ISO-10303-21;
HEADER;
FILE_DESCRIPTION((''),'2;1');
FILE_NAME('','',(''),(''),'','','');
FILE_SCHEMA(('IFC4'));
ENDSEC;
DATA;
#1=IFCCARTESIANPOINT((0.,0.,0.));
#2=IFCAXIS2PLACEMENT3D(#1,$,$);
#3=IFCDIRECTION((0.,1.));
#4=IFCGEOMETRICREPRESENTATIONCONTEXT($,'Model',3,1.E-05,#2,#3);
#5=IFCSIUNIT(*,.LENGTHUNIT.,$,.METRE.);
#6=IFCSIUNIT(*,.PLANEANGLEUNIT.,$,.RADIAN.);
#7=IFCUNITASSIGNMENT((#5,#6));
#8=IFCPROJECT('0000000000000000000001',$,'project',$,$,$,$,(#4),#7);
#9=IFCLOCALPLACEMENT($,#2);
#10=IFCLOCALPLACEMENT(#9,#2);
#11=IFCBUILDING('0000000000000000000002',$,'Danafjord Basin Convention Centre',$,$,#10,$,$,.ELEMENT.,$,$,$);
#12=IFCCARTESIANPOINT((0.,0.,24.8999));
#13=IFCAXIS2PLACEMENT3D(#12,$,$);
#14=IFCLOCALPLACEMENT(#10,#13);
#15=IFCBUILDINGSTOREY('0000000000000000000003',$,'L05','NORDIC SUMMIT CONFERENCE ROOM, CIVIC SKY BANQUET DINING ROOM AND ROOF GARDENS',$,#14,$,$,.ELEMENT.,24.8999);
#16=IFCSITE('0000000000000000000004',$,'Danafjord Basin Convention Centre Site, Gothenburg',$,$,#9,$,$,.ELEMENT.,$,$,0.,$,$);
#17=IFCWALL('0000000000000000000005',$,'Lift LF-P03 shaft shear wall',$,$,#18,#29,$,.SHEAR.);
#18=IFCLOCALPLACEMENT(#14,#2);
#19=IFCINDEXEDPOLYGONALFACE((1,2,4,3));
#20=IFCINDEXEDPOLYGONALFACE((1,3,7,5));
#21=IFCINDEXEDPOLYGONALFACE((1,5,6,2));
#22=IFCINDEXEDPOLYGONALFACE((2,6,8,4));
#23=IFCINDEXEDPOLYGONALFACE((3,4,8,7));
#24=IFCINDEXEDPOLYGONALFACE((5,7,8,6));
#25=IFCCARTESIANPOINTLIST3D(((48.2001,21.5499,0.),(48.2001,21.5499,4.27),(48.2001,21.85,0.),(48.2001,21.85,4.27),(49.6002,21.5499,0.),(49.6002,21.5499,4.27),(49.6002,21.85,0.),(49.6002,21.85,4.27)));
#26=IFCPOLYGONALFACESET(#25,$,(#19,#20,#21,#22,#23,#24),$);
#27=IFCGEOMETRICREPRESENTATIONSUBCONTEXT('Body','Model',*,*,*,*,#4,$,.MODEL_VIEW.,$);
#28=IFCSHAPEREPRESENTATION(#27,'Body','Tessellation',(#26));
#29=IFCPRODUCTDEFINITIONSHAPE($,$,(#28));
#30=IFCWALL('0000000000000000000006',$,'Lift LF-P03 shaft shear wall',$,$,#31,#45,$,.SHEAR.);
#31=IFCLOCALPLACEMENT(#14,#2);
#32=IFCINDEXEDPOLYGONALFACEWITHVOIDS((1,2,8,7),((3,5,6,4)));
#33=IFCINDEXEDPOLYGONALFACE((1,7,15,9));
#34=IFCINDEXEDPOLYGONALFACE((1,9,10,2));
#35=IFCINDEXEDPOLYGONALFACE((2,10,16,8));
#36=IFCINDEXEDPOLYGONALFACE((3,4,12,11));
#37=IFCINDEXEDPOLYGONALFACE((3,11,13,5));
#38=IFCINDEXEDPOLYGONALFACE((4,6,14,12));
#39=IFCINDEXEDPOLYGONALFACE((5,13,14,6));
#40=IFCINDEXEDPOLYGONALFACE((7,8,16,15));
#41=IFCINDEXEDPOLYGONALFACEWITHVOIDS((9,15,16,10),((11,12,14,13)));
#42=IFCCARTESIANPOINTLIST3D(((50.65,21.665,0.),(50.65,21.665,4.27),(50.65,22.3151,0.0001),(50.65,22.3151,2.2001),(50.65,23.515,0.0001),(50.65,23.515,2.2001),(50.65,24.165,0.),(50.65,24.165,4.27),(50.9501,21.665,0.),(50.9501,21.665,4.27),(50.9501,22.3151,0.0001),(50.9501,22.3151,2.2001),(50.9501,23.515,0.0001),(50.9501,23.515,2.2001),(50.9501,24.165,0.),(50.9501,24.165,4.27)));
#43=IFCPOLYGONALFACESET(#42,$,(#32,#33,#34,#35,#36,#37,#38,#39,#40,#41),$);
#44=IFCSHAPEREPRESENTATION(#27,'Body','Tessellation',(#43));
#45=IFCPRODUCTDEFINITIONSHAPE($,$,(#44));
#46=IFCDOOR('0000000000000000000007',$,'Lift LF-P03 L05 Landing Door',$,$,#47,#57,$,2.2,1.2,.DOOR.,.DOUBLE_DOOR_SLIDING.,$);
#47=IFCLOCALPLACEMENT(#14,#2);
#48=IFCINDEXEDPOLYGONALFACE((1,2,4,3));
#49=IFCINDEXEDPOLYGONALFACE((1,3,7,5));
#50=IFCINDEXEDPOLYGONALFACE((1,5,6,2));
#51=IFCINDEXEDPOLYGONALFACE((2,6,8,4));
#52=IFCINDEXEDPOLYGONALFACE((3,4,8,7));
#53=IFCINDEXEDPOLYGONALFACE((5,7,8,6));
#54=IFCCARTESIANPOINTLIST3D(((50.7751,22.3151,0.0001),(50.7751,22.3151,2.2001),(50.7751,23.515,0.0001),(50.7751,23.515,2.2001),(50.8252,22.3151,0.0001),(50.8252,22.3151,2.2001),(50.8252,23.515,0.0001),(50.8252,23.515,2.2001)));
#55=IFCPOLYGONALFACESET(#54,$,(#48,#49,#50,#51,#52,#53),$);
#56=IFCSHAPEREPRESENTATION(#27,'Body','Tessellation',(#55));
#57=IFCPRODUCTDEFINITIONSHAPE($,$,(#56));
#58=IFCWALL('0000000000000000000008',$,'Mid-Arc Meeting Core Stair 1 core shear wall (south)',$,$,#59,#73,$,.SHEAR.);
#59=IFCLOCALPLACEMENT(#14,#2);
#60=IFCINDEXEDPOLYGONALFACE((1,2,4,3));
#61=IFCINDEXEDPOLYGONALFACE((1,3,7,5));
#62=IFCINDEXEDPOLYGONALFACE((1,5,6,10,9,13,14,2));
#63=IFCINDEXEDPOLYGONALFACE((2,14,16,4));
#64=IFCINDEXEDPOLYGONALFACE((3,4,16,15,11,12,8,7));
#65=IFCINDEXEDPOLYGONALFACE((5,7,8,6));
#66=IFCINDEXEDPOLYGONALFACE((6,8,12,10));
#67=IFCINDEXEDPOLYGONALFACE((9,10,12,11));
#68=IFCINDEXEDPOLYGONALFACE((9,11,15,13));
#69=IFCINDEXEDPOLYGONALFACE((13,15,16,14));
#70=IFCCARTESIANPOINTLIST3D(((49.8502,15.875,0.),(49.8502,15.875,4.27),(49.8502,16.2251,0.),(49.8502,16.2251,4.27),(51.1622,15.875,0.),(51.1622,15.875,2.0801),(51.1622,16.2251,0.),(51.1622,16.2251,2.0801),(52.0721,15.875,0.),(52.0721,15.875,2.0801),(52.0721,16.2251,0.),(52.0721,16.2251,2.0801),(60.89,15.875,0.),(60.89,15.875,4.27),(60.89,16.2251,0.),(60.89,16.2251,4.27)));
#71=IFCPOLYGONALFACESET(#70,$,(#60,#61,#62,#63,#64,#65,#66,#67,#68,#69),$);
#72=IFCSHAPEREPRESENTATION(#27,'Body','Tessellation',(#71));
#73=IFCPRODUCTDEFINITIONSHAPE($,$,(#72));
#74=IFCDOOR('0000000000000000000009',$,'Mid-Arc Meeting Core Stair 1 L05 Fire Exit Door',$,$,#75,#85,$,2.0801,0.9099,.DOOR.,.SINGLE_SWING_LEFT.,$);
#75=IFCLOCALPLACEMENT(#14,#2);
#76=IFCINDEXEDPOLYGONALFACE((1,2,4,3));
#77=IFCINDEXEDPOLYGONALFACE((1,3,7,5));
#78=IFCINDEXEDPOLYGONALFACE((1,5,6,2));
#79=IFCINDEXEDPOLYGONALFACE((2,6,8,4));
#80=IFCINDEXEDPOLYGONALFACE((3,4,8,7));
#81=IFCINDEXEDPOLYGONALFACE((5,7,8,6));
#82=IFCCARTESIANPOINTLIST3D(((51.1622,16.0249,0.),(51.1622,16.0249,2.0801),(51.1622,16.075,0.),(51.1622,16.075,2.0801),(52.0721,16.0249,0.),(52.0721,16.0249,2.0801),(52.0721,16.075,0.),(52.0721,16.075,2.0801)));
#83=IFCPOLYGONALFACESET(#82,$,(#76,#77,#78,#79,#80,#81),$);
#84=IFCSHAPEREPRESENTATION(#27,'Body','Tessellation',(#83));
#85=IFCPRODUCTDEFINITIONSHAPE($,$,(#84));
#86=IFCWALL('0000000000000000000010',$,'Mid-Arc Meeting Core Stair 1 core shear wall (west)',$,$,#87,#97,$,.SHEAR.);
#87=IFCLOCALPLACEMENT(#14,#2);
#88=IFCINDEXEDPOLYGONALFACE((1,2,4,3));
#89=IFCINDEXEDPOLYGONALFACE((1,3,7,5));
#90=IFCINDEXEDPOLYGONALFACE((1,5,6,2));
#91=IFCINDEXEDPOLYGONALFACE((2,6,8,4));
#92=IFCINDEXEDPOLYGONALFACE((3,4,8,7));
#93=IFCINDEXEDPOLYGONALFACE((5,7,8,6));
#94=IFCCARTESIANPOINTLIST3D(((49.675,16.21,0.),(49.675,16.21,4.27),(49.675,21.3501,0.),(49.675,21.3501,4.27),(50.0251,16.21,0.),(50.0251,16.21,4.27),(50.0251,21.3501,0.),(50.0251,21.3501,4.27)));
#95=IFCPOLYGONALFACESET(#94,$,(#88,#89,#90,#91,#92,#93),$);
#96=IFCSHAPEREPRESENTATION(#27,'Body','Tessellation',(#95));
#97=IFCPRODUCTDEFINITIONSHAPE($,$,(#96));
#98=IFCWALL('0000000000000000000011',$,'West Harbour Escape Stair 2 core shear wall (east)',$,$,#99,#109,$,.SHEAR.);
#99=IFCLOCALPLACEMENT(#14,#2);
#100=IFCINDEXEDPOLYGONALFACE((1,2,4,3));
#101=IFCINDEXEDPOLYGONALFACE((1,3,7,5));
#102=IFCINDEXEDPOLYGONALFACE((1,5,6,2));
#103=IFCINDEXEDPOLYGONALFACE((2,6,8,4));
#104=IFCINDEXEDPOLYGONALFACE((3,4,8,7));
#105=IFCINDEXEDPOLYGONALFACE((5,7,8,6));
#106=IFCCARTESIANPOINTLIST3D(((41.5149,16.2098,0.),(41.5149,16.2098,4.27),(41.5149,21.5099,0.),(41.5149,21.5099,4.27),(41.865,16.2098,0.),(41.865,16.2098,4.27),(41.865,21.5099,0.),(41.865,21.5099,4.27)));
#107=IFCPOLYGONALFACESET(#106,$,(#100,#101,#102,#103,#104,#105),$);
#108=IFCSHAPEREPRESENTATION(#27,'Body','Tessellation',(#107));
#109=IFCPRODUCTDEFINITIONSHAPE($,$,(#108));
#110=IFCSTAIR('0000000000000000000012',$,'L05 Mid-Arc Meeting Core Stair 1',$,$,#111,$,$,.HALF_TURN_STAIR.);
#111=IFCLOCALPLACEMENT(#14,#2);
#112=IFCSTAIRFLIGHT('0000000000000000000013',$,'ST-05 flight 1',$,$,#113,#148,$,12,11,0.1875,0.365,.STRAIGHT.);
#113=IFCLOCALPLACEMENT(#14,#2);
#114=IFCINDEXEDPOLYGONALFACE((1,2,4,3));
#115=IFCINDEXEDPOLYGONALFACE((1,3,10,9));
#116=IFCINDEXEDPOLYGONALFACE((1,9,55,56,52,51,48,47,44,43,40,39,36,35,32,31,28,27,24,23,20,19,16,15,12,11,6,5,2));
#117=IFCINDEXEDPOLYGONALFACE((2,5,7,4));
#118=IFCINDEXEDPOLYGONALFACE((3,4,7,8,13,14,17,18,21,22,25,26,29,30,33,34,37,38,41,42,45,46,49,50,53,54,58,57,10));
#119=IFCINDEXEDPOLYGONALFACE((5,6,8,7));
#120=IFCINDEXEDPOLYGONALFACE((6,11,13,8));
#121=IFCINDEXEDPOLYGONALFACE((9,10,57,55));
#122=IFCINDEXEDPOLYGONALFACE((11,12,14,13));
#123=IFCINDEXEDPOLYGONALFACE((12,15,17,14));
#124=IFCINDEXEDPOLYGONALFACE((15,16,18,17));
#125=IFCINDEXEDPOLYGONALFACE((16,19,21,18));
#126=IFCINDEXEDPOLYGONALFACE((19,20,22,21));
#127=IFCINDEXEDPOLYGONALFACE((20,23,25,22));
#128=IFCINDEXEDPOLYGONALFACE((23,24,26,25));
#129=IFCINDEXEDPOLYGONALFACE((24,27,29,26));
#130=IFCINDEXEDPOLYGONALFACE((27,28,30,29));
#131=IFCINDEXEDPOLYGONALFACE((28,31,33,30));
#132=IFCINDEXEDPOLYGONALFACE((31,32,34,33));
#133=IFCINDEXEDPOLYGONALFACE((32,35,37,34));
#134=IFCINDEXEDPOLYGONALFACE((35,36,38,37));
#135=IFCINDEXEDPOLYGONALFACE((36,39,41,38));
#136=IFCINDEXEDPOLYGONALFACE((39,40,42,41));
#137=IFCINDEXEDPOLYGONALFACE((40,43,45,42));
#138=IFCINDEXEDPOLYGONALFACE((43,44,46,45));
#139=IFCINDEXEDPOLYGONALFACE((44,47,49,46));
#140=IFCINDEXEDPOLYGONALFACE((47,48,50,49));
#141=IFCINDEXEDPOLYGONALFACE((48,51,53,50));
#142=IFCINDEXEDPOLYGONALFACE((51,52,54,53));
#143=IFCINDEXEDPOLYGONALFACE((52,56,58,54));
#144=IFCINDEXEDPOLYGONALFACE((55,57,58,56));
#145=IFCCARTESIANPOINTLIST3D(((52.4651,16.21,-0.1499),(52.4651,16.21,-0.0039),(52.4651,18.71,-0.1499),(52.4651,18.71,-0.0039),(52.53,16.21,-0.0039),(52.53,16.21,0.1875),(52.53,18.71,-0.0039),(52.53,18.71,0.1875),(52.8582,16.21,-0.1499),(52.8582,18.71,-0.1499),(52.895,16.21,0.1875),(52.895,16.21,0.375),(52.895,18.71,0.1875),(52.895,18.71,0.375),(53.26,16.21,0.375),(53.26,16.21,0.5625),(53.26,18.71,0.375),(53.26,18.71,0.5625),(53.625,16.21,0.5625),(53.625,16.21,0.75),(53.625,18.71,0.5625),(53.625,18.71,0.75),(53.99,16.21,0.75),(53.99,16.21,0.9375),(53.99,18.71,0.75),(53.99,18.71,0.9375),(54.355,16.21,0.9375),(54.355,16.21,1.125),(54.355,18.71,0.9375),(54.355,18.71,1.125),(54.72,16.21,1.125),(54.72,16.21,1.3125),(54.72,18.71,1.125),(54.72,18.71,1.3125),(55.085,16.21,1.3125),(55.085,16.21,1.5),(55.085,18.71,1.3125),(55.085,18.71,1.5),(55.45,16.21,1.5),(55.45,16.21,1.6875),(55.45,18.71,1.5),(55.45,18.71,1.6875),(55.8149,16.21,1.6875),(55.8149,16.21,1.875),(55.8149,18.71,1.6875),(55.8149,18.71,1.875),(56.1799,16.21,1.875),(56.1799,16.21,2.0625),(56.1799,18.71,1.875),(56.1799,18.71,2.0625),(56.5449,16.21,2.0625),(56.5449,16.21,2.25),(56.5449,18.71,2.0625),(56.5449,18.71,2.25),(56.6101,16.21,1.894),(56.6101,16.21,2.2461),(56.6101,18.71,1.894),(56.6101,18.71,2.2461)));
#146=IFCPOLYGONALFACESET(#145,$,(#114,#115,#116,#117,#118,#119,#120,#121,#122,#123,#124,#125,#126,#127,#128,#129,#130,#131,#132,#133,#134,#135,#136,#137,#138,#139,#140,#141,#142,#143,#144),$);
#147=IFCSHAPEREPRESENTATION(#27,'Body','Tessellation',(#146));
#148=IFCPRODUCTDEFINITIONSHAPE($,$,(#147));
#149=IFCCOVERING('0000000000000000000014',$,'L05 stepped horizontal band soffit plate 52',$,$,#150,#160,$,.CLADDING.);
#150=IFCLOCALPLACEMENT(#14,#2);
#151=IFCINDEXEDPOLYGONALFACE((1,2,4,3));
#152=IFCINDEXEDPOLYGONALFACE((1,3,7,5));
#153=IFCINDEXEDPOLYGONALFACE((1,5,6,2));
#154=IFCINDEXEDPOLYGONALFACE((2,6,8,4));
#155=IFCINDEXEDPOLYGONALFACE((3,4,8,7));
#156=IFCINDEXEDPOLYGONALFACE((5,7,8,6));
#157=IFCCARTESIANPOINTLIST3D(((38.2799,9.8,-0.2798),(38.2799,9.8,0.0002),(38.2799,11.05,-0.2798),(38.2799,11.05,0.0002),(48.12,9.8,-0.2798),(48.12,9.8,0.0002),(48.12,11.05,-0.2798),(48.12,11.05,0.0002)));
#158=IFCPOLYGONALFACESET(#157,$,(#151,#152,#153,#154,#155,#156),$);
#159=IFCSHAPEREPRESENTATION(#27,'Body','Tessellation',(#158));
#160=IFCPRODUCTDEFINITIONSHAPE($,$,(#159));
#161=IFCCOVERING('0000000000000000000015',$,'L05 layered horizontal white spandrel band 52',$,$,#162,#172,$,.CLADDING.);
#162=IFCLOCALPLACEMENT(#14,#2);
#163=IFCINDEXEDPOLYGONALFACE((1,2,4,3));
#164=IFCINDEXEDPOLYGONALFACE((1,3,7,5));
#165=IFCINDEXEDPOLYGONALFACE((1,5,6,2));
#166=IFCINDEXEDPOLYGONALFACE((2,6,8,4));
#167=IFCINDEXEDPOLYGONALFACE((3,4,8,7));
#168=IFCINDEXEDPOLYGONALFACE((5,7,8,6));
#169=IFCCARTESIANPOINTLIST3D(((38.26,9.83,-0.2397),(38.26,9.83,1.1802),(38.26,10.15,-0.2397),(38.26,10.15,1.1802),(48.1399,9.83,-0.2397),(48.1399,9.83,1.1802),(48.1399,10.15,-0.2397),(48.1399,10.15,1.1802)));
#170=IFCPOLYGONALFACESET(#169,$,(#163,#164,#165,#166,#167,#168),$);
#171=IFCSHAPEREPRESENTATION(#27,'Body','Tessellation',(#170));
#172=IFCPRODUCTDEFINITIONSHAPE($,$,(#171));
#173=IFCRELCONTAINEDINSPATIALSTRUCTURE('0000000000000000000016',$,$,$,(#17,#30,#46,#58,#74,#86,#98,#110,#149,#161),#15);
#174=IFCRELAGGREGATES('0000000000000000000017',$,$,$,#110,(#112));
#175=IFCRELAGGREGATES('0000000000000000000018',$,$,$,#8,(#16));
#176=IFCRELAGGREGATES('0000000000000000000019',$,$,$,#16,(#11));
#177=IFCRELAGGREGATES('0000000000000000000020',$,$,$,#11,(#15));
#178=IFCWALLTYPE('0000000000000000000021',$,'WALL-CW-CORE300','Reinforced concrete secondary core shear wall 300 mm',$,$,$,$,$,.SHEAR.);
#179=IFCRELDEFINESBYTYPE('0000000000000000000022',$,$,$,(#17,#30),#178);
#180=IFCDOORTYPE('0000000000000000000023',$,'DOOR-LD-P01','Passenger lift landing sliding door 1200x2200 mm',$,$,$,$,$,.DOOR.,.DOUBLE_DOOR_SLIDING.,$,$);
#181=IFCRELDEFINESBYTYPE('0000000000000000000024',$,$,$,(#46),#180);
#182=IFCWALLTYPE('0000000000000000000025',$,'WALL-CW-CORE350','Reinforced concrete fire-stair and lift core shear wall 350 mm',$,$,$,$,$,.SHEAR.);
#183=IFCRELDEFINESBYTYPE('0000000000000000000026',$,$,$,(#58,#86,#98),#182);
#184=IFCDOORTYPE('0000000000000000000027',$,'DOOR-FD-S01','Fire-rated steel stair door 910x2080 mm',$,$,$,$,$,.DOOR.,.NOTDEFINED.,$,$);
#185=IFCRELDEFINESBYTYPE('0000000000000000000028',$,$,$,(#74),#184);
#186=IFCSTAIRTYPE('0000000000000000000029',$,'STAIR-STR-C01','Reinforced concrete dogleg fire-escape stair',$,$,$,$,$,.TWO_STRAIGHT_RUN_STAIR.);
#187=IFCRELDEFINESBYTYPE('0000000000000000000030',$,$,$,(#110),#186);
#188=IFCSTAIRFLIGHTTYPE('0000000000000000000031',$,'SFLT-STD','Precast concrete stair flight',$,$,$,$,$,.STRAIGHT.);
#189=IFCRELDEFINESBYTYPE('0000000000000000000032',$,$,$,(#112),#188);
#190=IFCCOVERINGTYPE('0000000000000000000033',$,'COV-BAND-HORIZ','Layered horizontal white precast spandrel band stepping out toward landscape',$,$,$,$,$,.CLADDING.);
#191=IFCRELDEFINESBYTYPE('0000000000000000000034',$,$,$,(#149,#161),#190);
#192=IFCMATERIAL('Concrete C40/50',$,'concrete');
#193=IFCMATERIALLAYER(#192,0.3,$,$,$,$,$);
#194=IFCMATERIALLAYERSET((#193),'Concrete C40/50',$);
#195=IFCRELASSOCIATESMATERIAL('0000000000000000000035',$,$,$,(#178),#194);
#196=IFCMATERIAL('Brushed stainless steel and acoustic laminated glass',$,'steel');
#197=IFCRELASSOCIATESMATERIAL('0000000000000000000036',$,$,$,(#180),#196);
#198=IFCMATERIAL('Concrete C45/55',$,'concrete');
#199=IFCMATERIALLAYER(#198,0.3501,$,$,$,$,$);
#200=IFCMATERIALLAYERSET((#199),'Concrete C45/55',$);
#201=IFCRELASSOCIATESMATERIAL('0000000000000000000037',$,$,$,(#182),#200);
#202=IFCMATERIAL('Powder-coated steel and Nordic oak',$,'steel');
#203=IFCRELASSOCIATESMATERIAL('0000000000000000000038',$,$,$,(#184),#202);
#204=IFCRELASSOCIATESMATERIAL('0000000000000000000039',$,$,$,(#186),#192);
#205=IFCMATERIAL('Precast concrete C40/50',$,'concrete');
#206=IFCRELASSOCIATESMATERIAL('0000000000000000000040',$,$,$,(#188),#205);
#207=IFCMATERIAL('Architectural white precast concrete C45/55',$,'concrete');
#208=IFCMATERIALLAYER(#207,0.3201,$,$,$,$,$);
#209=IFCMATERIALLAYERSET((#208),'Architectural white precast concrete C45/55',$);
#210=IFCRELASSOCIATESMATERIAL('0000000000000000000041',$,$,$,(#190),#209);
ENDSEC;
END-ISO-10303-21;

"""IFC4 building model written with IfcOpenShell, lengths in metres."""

from ifc_helpers import new_model, si_unit, direction, frame, frame_2d, origin, origin_2d, place, context, subcontext, project, spatial, polyline, rectangle, outline, extrude, material, layer, layer_set, type_object, element, fill, aggregate, save


model = new_model("IFC4")

# Units and contexts
model_context = context("Model", 3, precision=1e-05, world=origin(), true_north=direction((0.0, 1.0)))
body_context = subcontext(model_context, "Body", "Model", "MODEL_VIEW")
ifc_project = project(units=[si_unit("LENGTHUNIT", "METRE"), si_unit("PLANEANGLEUNIT", "RADIAN")], contexts=[model_context])

# Site, building, storey
site_placement = place(None, origin())
site = spatial("IfcSite", under=ifc_project, at=site_placement, Name="Danafjord Basin Convention Centre Site, Gothenburg", CompositionType="ELEMENT", RefElevation=0.0)
building_placement = place(site_placement, origin())
building = spatial("IfcBuilding", under=site, at=building_placement, Name="Danafjord Basin Convention Centre", CompositionType="ELEMENT")
storey_placement = place(building_placement, frame((0.0, 0.0, 24.8999)))
storey = spatial("IfcBuildingStorey", under=building, at=storey_placement, Name="L05", Description="NORDIC SUMMIT CONFERENCE ROOM, CIVIC SKY BANQUET DINING ROOM AND ROOF GARDENS", CompositionType="ELEMENT", Elevation=24.8999)

# Wall
ifc_material_1 = material(Name="Concrete C40/50", Category="concrete")
ifc_layer_1 = layer(ifc_material_1, 0.3)
ifc_layer_set_1 = layer_set([ifc_layer_1], Name="Concrete C40/50")
wall_type_1 = type_object("IfcWallType", Name="WALL-CW-CORE300", Description="Reinforced concrete secondary core shear wall 300 mm", PredefinedType="SHEAR", material=ifc_layer_set_1)
wall_1_placement = place(storey_placement, frame((48.2, 21.7, 0.0), z_axis=(0.0, 0.0, 1.0), x_axis=(1.0, 0.0, 0.0)))
element("IfcWall", 1, at=wall_1_placement, inside=storey, type_object=wall_type_1, Name="Lift LF-P03 shaft shear wall", PredefinedType="SHEAR", context=body_context, shape_type="SweptSolid", body=[
    extrude(rectangle(XDim=1.4001, YDim=0.3, at=frame_2d((0.7002, 0.0))), origin(), (0.0, 0.0, 1.0), 4.27),
])

# Walls, openings, doors
wall_2_placement = place(storey_placement, frame((50.8, 21.665, 0.0), z_axis=(0.0, 0.0, 1.0), x_axis=(0.0, 1.0, 0.0)))
wall_2 = element("IfcWall", 2, at=wall_2_placement, inside=storey, type_object=wall_type_1, Name="Lift LF-P03 shaft shear wall", PredefinedType="SHEAR", context=body_context, shape_type="SweptSolid", body=[
    extrude(rectangle(XDim=2.5, YDim=0.3, at=frame_2d((1.25, 0.0))), origin(), (0.0, 0.0, 1.0), 4.27),
])
opening_1_placement = place(wall_2_placement, frame((0.6499, 0.0, 0.0)))
opening_1 = element("IfcOpeningElement", 3, at=opening_1_placement, cuts=wall_2, PredefinedType="OPENING", context=body_context, shape_type="SweptSolid", body=[
    extrude(rectangle(XDim=1.2, YDim=2.2, at=frame_2d((0.6001, 1.1001))), frame((0.0, 0.1599, 0.0), z_axis=(0.0, -1.0, 0.0), x_axis=(1.0, 0.0, 0.0)), (0.0, 0.0, 1.0), 0.3201),
])
ifc_material_2 = material(Name="Brushed stainless steel and acoustic laminated glass", Category="steel")
door_type_1 = type_object("IfcDoorType", Name="DOOR-LD-P01", Description="Passenger lift landing sliding door 1200x2200 mm", OperationType="DOUBLE_DOOR_SLIDING", PredefinedType="DOOR", material=ifc_material_2)
door_1_placement = place(opening_1_placement, origin())
door_1 = element("IfcDoor", 4, at=door_1_placement, inside=storey, type_object=door_type_1, Name="Lift LF-P03 L05 Landing Door", OperationType="DOUBLE_DOOR_SLIDING", OverallHeight=2.2, OverallWidth=1.2, PredefinedType="DOOR", context=body_context, shape_type="SweptSolid", body=[
    extrude(rectangle(XDim=1.2, YDim=2.2, at=frame_2d((0.6001, 1.1001))), frame((0.0, 0.0249, 0.0), z_axis=(0.0, -1.0, 0.0), x_axis=(1.0, 0.0, 0.0)), (0.0, 0.0, 1.0), 0.05),
])
fill(opening_1, door_1)
ifc_material_3 = material(Name="Concrete C45/55", Category="concrete")
ifc_layer_2 = layer(ifc_material_3, 0.3501)
ifc_layer_set_2 = layer_set([ifc_layer_2], Name="Concrete C45/55")
wall_type_2 = type_object("IfcWallType", Name="WALL-CW-CORE350", Description="Reinforced concrete fire-stair and lift core shear wall 350 mm", PredefinedType="SHEAR", material=ifc_layer_set_2)
wall_3_placement = place(storey_placement, frame((49.8501, 16.05, 0.0), z_axis=(0.0, 0.0, 1.0), x_axis=(1.0, 0.0, 0.0)))
wall_3 = element("IfcWall", 5, at=wall_3_placement, inside=storey, type_object=wall_type_2, Name="Mid-Arc Meeting Core Stair 1 core shear wall (south)", PredefinedType="SHEAR", context=body_context, shape_type="SweptSolid", body=[
    extrude(rectangle(XDim=11.0398, YDim=0.3501, at=frame_2d((5.52, 0.0))), origin(), (0.0, 0.0, 1.0), 4.27),
])
opening_2_placement = place(wall_3_placement, frame((1.312, 0.0, 0.0)))
opening_2 = element("IfcOpeningElement", 6, at=opening_2_placement, cuts=wall_3, PredefinedType="OPENING", context=body_context, shape_type="SweptSolid", body=[
    extrude(rectangle(XDim=0.9099, YDim=2.0801, at=frame_2d((0.4551, 1.04))), frame((0.0, 0.1851, 0.0), z_axis=(0.0, -1.0, 0.0), x_axis=(1.0, 0.0, 0.0)), (0.0, 0.0, 1.0), 0.3701),
])
ifc_material_4 = material(Name="Powder-coated steel and Nordic oak", Category="steel")
door_type_2 = type_object("IfcDoorType", Name="DOOR-FD-S01", Description="Fire-rated steel stair door 910x2080 mm", OperationType="NOTDEFINED", PredefinedType="DOOR", material=ifc_material_4)
door_2_placement = place(opening_2_placement, origin())
door_2 = element("IfcDoor", 7, at=door_2_placement, inside=storey, type_object=door_type_2, Name="Mid-Arc Meeting Core Stair 1 L05 Fire Exit Door", OperationType="SINGLE_SWING_LEFT", OverallHeight=2.0801, OverallWidth=0.9099, PredefinedType="DOOR", context=body_context, shape_type="SweptSolid", body=[
    extrude(rectangle(XDim=0.9099, YDim=2.0801, at=frame_2d((0.4551, 1.04))), frame((0.0, 0.0249, 0.0), z_axis=(0.0, -1.0, 0.0), x_axis=(1.0, 0.0, 0.0)), (0.0, 0.0, 1.0), 0.05),
])
fill(opening_2, door_2)

# Walls
wall_4_placement = place(storey_placement, frame((49.8501, 21.3501, 0.0), z_axis=(0.0, 0.0, 1.0), x_axis=(0.0, -1.0, 0.0)))
element("IfcWall", 8, at=wall_4_placement, inside=storey, type_object=wall_type_2, Name="Mid-Arc Meeting Core Stair 1 core shear wall (west)", PredefinedType="SHEAR", context=body_context, shape_type="SweptSolid", body=[
    extrude(rectangle(XDim=5.1401, YDim=0.3501, at=frame_2d((2.5701, 0.0))), origin(), (0.0, 0.0, 1.0), 4.27),
])
wall_5_placement = place(storey_placement, frame((41.6899, 16.21, 0.0), z_axis=(0.0, 0.0, 1.0), x_axis=(0.0, 1.0, 0.0)))
element("IfcWall", 9, at=wall_5_placement, inside=storey, type_object=wall_type_2, Name="West Harbour Escape Stair 2 core shear wall (east)", PredefinedType="SHEAR", context=body_context, shape_type="SweptSolid", body=[
    extrude(rectangle(XDim=5.3, YDim=0.3501, at=frame_2d((2.6499, 0.0))), origin(), (0.0, 0.0, 1.0), 4.27),
])

# Stair, stair flight
stair_type = type_object("IfcStairType", Name="STAIR-STR-C01", Description="Reinforced concrete dogleg fire-escape stair", PredefinedType="TWO_STRAIGHT_RUN_STAIR", material=ifc_material_1)
stair_placement = place(storey_placement, origin())
stair = element("IfcStair", 10, at=stair_placement, inside=storey, type_object=stair_type, Name="L05 Mid-Arc Meeting Core Stair 1", PredefinedType="HALF_TURN_STAIR")
ifc_material_5 = material(Name="Precast concrete C40/50", Category="concrete")
stair_flight_type = type_object("IfcStairFlightType", Name="SFLT-STD", Description="Precast concrete stair flight", PredefinedType="STRAIGHT", material=ifc_material_5)
stair_flight_placement = place(storey_placement, frame((52.53, 17.46, 0.0), z_axis=(0.0, 0.0, 1.0), x_axis=(1.0, 0.0, 0.0)))
stair_flight = element("IfcStairFlight", 11, at=stair_flight_placement, type_object=stair_flight_type, Name="ST-05 flight 1", NumberOfRisers=12, NumberOfTreads=11, PredefinedType="STRAIGHT", RiserHeight=0.1875, TreadLength=0.365, context=body_context, shape_type="SweptSolid", body=[
    extrude(outline(polyline([(-0.0649, -0.1499), (-0.0649, -0.0039), (0.0, -0.0039), (0.0, 0.1875), (0.365, 0.1875), (0.365, 0.375), (0.73, 0.375), (0.73, 0.5625), (1.095, 0.5625), (1.095, 0.75), (1.46, 0.75), (1.46, 0.9375), (1.825, 0.9375), (1.825, 1.125), (2.1899, 1.125), (2.1899, 1.3125), (2.5549, 1.3125), (2.5549, 1.5), (2.9199, 1.5), (2.9199, 1.6875), (3.2849, 1.6875), (3.2849, 1.875), (3.6499, 1.875), (3.6499, 2.0625), (4.0149, 2.0625), (4.0149, 2.25), (4.0801, 2.2461), (4.0801, 1.894), (0.3281, -0.1499), (-0.0649, -0.1499)])), frame((0.0, 1.25, 0.0), z_axis=(0.0, -1.0, 0.0), x_axis=(1.0, 0.0, 0.0)), (0.0, 0.0, 1.0), 2.5),
])
aggregate(stair, [stair_flight])

# Coverings
ifc_material_6 = material(Name="Architectural white precast concrete C45/55", Category="concrete")
ifc_layer_3 = layer(ifc_material_6, 0.3201)
ifc_layer_set_3 = layer_set([ifc_layer_3], Name="Architectural white precast concrete C45/55")
covering_type = type_object("IfcCoveringType", Name="COV-BAND-HORIZ", Description="Layered horizontal white precast spandrel band stepping out toward landscape", PredefinedType="CLADDING", material=ifc_layer_set_3)
covering_1_placement = place(storey_placement, frame((43.2, 10.425, -0.2798), z_axis=(0.0, 0.0, 1.0), x_axis=(1.0, 0.0, 0.0)))
element("IfcCovering", 12, at=covering_1_placement, inside=storey, type_object=covering_type, Name="L05 stepped horizontal band soffit plate 52", PredefinedType="CLADDING", context=body_context, shape_type="SweptSolid", body=[
    extrude(rectangle(XDim=9.8401, YDim=1.25, at=origin_2d()), origin(), (0.0, 0.0, 1.0), 0.28),
])
covering_2_placement = place(storey_placement, frame((43.2, 9.99, -0.2397), z_axis=(0.0, 0.0, 1.0), x_axis=(1.0, 0.0, 0.0)))
element("IfcCovering", 13, at=covering_2_placement, inside=storey, type_object=covering_type, Name="L05 layered horizontal white spandrel band 52", PredefinedType="CLADDING", context=body_context, shape_type="SweptSolid", body=[
    extrude(rectangle(XDim=9.8799, YDim=0.3201, at=origin_2d()), origin(), (0.0, 0.0, 1.0), 1.4199),
])

save(model, "model.ifc")
